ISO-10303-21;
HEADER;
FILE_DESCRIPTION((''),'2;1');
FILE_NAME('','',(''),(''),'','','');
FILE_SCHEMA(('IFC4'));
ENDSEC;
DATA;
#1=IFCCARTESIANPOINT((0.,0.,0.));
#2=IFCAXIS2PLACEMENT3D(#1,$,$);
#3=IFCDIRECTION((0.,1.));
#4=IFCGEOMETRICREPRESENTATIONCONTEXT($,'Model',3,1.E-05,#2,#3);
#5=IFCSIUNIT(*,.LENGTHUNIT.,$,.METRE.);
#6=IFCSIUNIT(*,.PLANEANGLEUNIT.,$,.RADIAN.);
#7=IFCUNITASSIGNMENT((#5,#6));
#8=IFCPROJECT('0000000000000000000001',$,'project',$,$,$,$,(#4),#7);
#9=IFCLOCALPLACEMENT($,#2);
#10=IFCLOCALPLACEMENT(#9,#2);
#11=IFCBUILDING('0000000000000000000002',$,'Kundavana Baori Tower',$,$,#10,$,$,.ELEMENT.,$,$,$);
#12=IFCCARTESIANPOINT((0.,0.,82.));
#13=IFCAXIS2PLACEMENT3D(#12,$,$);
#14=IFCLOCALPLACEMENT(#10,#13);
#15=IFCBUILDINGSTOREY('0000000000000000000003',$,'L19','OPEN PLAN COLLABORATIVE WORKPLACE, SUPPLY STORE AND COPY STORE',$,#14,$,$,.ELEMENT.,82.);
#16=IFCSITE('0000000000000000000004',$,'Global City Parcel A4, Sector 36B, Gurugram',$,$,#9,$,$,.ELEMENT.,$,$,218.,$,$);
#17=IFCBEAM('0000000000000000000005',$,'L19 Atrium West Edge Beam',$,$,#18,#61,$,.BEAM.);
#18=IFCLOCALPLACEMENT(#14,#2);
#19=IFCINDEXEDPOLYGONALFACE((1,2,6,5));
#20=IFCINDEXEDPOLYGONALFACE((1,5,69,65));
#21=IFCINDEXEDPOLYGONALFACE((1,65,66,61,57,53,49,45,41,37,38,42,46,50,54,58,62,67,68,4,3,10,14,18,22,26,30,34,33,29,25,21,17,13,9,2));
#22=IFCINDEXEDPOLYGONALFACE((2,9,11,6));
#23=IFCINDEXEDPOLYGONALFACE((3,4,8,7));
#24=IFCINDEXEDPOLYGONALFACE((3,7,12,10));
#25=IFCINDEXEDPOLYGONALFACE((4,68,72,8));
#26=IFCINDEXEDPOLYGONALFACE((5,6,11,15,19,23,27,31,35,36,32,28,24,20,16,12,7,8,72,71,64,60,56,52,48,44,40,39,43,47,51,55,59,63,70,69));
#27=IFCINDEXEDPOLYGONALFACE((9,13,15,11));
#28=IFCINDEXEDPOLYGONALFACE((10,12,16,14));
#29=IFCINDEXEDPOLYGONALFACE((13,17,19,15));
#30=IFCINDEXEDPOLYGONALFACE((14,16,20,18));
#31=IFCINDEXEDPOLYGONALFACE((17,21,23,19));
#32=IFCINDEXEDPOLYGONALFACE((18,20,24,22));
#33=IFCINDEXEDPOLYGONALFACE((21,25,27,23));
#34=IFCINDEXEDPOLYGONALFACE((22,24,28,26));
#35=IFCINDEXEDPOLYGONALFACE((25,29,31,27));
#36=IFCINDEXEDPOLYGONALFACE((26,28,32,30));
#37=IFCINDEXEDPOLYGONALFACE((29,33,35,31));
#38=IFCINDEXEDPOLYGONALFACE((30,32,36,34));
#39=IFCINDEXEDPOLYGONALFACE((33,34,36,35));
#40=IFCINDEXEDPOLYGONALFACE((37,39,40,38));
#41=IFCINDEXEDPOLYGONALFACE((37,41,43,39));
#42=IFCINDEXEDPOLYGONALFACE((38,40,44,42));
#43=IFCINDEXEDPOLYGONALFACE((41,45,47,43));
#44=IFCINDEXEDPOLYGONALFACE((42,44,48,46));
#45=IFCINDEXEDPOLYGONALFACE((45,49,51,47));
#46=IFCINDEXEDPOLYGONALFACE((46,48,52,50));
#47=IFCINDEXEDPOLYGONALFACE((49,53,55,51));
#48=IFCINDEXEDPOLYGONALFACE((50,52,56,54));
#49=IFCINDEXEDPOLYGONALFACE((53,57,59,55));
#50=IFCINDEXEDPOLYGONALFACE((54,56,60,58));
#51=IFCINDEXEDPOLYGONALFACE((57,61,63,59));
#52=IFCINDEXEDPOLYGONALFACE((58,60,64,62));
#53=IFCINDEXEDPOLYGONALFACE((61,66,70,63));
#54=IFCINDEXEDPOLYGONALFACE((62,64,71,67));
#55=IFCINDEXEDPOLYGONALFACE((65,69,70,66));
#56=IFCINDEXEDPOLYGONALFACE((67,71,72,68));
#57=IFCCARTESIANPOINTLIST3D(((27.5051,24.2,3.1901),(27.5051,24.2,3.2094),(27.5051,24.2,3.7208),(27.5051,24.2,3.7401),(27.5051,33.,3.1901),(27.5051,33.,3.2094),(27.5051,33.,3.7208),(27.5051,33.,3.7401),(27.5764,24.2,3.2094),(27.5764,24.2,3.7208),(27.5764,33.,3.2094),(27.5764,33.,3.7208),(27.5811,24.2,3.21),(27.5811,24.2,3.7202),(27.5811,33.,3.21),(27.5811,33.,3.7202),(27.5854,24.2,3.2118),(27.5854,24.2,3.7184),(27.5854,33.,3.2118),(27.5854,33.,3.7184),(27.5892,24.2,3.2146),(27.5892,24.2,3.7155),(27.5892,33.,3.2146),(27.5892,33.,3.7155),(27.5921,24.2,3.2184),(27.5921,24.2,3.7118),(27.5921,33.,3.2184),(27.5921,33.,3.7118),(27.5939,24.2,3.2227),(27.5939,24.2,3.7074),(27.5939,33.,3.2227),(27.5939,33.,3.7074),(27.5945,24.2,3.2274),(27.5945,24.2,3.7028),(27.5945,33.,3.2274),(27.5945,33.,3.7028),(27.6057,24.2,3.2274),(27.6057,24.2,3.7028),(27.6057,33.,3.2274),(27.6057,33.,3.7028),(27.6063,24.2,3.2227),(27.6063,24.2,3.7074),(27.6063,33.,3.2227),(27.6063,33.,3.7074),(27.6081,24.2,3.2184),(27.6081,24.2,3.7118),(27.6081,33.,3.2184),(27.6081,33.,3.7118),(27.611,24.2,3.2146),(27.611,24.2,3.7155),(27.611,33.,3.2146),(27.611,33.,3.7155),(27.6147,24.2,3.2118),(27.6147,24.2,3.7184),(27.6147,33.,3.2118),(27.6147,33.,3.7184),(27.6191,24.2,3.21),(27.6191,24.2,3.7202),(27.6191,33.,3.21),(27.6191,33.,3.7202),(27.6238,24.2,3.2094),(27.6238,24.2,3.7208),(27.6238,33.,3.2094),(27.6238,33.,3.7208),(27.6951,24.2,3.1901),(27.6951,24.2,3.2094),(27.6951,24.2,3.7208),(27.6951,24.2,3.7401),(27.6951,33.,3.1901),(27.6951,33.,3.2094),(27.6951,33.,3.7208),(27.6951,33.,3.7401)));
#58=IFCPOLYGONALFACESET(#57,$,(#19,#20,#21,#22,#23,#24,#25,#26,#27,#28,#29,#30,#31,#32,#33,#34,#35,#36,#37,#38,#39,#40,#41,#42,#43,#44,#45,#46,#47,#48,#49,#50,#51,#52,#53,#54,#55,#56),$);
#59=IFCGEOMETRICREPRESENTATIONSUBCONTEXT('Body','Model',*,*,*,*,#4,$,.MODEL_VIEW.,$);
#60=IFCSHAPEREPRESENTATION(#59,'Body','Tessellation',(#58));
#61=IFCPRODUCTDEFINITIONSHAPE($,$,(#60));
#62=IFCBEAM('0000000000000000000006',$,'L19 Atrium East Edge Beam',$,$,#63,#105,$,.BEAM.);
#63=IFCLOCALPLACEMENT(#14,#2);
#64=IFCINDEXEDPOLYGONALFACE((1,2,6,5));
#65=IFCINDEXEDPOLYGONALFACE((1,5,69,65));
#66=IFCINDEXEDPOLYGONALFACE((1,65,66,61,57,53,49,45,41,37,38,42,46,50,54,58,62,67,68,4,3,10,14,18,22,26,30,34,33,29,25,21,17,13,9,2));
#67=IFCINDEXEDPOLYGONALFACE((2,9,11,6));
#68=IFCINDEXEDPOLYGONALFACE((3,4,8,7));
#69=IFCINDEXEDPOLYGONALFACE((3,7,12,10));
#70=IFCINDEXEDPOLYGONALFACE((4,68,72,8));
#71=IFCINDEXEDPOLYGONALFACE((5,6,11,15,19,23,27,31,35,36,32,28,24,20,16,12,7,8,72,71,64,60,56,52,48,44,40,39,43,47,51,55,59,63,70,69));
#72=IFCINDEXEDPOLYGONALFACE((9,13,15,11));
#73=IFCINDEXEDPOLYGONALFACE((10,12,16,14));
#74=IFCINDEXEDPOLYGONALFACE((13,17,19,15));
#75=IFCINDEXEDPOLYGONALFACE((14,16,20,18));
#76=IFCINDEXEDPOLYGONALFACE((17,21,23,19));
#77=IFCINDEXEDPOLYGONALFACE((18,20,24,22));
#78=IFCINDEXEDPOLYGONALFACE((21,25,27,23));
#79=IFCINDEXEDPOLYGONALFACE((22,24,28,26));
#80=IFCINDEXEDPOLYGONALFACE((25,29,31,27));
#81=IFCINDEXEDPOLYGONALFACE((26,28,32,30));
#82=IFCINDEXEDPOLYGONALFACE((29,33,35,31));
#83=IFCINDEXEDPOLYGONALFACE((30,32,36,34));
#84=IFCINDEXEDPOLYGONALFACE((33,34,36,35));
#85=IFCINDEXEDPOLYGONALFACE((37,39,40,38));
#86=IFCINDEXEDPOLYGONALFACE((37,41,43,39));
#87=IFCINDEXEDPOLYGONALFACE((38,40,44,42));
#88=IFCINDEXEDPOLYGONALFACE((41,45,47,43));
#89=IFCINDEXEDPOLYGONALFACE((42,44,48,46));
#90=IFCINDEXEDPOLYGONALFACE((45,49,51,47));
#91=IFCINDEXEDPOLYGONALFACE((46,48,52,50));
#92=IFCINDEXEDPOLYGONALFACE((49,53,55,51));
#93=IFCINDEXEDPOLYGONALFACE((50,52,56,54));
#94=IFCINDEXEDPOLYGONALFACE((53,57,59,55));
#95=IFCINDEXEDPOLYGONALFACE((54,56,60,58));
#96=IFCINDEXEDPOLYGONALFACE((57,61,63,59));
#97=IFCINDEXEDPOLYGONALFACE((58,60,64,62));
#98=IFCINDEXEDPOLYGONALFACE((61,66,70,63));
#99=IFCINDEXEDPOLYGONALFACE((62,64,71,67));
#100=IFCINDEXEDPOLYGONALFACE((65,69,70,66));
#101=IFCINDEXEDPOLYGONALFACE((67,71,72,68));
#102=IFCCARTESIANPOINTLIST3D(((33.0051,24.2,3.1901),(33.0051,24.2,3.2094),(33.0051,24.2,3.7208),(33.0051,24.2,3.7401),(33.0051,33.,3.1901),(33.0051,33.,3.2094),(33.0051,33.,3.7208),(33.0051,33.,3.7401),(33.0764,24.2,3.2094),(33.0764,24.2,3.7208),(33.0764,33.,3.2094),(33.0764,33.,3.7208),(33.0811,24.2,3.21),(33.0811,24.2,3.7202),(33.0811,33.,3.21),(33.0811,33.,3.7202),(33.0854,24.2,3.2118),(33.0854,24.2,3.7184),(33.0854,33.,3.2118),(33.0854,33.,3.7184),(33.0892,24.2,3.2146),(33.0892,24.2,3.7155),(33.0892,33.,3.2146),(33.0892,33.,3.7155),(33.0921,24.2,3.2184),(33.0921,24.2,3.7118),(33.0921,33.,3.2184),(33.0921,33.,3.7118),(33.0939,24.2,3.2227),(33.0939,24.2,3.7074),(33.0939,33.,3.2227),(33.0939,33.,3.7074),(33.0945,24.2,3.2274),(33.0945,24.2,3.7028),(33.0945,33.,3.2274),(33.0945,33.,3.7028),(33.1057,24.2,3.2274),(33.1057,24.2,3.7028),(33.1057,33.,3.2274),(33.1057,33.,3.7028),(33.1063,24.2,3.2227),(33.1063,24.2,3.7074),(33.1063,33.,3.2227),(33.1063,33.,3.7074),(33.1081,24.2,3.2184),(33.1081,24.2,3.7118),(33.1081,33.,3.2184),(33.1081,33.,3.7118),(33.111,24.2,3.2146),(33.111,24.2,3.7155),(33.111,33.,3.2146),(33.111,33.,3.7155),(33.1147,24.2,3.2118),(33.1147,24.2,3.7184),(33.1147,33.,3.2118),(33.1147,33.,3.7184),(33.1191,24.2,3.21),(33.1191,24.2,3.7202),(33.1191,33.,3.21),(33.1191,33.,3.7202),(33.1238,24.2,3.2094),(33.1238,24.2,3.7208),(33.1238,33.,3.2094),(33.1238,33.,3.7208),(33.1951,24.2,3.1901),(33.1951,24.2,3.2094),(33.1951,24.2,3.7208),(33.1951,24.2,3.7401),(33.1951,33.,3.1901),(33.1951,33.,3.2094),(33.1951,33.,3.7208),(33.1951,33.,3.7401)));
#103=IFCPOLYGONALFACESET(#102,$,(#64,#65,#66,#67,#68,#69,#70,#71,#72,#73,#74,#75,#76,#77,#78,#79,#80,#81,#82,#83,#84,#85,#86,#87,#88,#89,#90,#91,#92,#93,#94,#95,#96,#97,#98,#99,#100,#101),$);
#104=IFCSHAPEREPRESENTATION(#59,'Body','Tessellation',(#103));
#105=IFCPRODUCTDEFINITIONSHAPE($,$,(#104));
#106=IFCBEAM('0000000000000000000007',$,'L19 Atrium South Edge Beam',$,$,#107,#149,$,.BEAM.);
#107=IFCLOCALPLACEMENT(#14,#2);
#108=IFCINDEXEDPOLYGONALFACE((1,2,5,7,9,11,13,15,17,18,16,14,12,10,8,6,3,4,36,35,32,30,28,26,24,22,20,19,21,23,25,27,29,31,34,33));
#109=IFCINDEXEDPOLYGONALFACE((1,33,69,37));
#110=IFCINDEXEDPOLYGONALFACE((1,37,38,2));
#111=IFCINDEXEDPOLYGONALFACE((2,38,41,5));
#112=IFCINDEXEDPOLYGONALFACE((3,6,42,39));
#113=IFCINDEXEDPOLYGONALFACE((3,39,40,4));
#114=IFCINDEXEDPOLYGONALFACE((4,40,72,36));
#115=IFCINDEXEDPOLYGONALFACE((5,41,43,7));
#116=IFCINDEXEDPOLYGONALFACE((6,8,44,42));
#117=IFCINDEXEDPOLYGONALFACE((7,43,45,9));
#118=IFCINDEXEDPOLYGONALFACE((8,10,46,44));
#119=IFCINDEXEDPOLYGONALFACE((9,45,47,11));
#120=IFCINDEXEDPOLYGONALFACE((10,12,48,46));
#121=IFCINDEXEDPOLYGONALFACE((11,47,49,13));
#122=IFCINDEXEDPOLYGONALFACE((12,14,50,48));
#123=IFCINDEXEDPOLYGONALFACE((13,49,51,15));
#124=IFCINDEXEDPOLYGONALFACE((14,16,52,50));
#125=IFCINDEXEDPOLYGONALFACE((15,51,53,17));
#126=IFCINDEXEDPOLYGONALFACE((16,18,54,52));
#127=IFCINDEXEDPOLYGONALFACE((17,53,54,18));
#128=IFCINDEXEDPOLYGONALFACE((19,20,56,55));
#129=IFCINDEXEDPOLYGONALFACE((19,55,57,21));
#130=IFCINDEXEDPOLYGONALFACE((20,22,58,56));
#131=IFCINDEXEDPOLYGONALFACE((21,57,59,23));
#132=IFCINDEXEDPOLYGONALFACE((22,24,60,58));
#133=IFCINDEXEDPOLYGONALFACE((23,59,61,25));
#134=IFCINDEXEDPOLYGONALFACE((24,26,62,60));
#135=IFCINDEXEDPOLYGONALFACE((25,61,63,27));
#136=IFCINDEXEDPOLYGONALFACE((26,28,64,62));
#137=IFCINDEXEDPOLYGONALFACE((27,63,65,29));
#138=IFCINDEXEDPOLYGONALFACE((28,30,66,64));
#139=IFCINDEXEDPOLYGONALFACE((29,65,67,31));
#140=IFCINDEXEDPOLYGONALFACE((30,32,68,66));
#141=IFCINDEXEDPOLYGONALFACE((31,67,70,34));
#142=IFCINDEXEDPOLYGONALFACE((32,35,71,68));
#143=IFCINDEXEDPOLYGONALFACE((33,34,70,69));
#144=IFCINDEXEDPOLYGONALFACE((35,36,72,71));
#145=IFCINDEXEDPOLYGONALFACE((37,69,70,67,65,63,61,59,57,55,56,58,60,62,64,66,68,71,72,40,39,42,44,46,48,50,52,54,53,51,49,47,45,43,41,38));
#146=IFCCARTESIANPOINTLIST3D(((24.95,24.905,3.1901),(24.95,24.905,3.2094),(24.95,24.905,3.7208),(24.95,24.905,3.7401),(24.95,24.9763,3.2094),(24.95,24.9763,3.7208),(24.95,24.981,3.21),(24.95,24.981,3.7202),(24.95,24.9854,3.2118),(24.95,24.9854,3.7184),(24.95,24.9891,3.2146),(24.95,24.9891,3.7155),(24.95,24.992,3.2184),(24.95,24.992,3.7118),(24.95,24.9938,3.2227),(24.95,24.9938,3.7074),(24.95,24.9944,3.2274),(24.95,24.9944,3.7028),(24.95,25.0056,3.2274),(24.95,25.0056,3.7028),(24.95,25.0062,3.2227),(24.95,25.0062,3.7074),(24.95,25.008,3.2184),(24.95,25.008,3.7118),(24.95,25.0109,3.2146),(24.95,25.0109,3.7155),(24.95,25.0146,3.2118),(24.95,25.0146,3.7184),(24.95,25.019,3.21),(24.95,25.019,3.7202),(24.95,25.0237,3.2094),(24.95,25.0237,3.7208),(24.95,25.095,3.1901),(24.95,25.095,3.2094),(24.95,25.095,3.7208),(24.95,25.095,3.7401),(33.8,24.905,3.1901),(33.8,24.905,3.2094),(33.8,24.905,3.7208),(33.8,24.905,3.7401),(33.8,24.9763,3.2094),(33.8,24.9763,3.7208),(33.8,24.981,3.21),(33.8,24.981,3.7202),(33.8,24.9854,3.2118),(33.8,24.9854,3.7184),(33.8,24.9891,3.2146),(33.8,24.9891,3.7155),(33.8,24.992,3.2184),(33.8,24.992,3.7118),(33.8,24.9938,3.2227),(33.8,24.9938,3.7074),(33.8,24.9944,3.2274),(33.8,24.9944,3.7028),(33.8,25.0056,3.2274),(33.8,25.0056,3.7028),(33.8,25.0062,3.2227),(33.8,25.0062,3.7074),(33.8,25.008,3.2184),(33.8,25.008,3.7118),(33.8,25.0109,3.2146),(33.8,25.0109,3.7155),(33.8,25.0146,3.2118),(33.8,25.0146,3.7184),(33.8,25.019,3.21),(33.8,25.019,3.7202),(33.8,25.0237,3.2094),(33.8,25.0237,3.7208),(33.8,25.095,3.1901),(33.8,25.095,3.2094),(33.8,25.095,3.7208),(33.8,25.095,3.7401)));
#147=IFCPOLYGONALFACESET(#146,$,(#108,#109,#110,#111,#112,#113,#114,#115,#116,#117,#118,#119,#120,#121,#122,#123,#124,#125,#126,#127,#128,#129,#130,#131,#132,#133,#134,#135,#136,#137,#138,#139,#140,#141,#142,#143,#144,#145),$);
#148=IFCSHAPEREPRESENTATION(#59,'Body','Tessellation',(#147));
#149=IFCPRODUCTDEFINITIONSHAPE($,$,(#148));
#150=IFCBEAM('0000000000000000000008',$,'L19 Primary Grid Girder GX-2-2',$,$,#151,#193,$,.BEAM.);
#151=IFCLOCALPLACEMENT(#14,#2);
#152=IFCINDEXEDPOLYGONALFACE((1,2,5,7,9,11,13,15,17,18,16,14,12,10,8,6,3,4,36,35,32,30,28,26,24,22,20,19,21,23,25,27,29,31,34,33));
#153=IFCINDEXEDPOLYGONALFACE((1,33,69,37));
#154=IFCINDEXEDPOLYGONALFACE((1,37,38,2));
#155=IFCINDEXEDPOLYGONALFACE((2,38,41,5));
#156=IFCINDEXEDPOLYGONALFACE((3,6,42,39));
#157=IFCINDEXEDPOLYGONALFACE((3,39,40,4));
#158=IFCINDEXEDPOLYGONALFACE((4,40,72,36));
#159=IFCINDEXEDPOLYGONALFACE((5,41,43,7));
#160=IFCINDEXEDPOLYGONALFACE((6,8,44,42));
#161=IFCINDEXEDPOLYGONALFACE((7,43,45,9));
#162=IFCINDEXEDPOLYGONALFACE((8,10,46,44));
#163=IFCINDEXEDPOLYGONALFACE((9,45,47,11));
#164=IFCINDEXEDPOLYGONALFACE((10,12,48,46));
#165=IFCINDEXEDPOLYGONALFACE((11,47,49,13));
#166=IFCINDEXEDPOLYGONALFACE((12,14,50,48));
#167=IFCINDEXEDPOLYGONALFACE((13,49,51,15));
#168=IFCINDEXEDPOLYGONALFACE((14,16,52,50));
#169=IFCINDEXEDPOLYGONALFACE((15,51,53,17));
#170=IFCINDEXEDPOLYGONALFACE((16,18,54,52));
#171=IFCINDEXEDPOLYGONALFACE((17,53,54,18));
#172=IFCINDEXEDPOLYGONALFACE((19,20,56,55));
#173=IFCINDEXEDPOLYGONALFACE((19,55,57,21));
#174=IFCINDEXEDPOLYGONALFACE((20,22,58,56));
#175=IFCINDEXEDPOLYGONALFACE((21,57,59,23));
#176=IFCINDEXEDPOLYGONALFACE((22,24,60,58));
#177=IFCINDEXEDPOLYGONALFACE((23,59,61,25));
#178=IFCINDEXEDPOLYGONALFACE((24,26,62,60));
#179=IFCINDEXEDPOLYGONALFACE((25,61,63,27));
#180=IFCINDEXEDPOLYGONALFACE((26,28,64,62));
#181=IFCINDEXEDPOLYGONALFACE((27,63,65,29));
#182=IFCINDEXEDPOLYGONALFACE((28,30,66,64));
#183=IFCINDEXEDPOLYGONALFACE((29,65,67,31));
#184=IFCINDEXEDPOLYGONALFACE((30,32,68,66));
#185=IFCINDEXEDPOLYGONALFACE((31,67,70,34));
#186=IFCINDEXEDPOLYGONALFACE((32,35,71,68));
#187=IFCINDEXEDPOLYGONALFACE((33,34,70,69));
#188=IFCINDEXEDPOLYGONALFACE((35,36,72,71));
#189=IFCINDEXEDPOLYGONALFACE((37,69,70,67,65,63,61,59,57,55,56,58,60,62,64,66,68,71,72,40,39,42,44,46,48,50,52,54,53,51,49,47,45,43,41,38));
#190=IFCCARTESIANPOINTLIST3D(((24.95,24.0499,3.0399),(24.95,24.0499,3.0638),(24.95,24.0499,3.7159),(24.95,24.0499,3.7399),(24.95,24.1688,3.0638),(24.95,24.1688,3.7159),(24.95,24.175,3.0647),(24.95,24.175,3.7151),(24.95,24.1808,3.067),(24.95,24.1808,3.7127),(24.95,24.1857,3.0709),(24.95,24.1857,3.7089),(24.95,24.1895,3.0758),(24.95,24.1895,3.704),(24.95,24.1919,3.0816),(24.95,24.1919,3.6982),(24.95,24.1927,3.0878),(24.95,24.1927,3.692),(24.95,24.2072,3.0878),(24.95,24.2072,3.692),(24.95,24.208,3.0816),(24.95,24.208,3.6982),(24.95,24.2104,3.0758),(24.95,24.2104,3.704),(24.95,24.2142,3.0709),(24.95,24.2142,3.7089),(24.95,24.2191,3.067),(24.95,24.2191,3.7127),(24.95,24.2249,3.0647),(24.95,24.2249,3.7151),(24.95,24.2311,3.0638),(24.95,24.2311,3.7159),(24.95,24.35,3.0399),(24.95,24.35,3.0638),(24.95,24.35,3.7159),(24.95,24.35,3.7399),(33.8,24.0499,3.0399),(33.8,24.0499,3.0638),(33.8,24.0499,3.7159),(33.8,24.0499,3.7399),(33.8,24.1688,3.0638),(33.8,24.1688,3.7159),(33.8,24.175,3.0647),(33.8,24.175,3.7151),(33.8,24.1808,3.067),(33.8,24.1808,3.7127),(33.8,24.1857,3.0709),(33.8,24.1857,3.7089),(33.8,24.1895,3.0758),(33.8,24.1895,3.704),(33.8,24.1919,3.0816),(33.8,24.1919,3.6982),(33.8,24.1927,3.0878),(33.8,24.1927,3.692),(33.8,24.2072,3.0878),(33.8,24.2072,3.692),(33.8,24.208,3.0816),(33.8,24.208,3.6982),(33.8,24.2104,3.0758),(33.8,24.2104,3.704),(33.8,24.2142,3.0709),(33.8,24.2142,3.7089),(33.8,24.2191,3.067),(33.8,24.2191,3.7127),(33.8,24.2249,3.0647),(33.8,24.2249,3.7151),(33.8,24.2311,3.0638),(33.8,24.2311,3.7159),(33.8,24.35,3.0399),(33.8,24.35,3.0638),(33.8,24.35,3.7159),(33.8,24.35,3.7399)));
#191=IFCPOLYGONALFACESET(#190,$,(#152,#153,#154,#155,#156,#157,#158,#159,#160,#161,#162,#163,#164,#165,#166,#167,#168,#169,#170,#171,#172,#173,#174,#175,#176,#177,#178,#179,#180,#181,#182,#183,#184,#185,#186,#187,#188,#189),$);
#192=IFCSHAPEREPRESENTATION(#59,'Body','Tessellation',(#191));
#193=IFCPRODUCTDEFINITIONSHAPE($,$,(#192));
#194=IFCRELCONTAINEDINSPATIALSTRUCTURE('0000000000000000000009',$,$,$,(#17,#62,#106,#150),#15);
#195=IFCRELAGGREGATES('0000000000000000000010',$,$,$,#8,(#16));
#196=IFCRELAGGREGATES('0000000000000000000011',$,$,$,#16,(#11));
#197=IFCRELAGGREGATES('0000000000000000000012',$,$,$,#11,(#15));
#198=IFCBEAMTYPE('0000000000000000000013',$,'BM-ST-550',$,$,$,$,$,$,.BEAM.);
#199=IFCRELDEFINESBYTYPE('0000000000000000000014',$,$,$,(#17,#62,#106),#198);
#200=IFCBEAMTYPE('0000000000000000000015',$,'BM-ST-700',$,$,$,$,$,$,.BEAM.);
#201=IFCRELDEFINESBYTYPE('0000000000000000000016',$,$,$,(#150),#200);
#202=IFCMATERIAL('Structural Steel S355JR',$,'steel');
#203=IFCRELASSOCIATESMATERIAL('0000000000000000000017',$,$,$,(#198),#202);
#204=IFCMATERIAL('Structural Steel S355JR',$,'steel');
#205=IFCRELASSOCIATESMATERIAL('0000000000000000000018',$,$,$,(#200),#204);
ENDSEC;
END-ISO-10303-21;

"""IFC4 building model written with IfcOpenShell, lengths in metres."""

from ifc_helpers import new_model, si_unit, direction, frame, origin, origin_2d, place, context, subcontext, project, spatial, i_section, extrude, material, material_profile, profile_set, type_object, element, save


model = new_model("IFC4")

# Units and contexts
model_context = context("Model", 3, precision=1e-05, world=origin(), true_north=direction((0.0, 1.0)))
body_context = subcontext(model_context, "Body", "Model", "MODEL_VIEW")
ifc_project = project(units=[si_unit("LENGTHUNIT", "METRE"), si_unit("PLANEANGLEUNIT", "RADIAN")], contexts=[model_context])

# Site, building, storey
site_placement = place(None, origin())
site = spatial("IfcSite", under=ifc_project, at=site_placement, Name="Global City Parcel A4, Sector 36B, Gurugram", CompositionType="ELEMENT", RefElevation=218.0)
building_placement = place(site_placement, origin())
building = spatial("IfcBuilding", under=site, at=building_placement, Name="Kundavana Baori Tower", CompositionType="ELEMENT")
storey_placement = place(building_placement, frame((0.0, 0.0, 82.0)))
storey = spatial("IfcBuildingStorey", under=building, at=storey_placement, Name="L19", Description="OPEN PLAN COLLABORATIVE WORKPLACE, SUPPLY STORE AND COPY STORE", CompositionType="ELEMENT", Elevation=82.0)

# Beams
ifc_material_1 = material(Name="Structural Steel S355JR", Category="steel")
ifc_material_profile_1 = material_profile(ifc_material_1, i_section(OverallWidth=0.1899, OverallDepth=0.55, WebThickness=0.0112, FlangeThickness=0.0193, FilletRadius=0.0181, at=origin_2d()), Name="ISMB 550")
ifc_profile_set_1 = profile_set([ifc_material_profile_1], Name="Structural Steel S355JR")
beam_type_1 = type_object("IfcBeamType", Name="BM-ST-550", PredefinedType="BEAM", material=ifc_profile_set_1)
for number, where, z_axis, x_axis, name in (
    (1, (27.6001, 24.2, 3.4651), (0.0, 1.0, 0.0), (-1.0, 0.0, 0.0), "L19 Atrium West Edge Beam"),
    (2, (33.1001, 24.2, 3.4651), (0.0, 1.0, 0.0), (-1.0, 0.0, 0.0), "L19 Atrium East Edge Beam"),
):
    element("IfcBeam", number, at=place(storey_placement, frame(where, z_axis=z_axis, x_axis=x_axis)), inside=storey, type_object=beam_type_1, Name=name, PredefinedType="BEAM", context=body_context, shape_type="SweptSolid", body=[
        extrude(i_section(OverallWidth=0.1899, OverallDepth=0.55, WebThickness=0.0112, FlangeThickness=0.0193, FilletRadius=0.0181, at=origin_2d()), origin(), (0.0, 0.0, 1.0), 8.8),
    ])
beam_1_placement = place(storey_placement, frame((24.95, 25.0, 3.4651), z_axis=(1.0, 0.0, 0.0), x_axis=(0.0, 1.0, 0.0)))
element("IfcBeam", 3, at=beam_1_placement, inside=storey, type_object=beam_type_1, Name="L19 Atrium South Edge Beam", PredefinedType="BEAM", context=body_context, shape_type="SweptSolid", body=[
    extrude(i_section(OverallWidth=0.1899, OverallDepth=0.55, WebThickness=0.0112, FlangeThickness=0.0193, FilletRadius=0.0181, at=origin_2d()), origin(), (0.0, 0.0, 1.0), 8.8501),
])
ifc_material_2 = material(Name="Structural Steel S355JR", Category="steel")
ifc_material_profile_2 = material_profile(ifc_material_2, i_section(OverallWidth=0.3, OverallDepth=0.7, WebThickness=0.0144, FlangeThickness=0.0239, FilletRadius=0.0239, at=origin_2d()), Name="NPB 700x300x170")
ifc_profile_set_2 = profile_set([ifc_material_profile_2], Name="Structural Steel S355JR")
beam_type_2 = type_object("IfcBeamType", Name="BM-ST-700", PredefinedType="BEAM", material=ifc_profile_set_2)
beam_2_placement = place(storey_placement, frame((24.95, 24.2, 3.3899), z_axis=(1.0, 0.0, 0.0), x_axis=(0.0, 1.0, 0.0)))
element("IfcBeam", 4, at=beam_2_placement, inside=storey, type_object=beam_type_2, Name="L19 Primary Grid Girder GX-2-2", PredefinedType="BEAM", context=body_context, shape_type="SweptSolid", body=[
    extrude(i_section(OverallWidth=0.3, OverallDepth=0.7, WebThickness=0.0144, FlangeThickness=0.0239, FilletRadius=0.0239, at=origin_2d()), origin(), (0.0, 0.0, 1.0), 8.8501),
])

save(model, "model.ifc")
